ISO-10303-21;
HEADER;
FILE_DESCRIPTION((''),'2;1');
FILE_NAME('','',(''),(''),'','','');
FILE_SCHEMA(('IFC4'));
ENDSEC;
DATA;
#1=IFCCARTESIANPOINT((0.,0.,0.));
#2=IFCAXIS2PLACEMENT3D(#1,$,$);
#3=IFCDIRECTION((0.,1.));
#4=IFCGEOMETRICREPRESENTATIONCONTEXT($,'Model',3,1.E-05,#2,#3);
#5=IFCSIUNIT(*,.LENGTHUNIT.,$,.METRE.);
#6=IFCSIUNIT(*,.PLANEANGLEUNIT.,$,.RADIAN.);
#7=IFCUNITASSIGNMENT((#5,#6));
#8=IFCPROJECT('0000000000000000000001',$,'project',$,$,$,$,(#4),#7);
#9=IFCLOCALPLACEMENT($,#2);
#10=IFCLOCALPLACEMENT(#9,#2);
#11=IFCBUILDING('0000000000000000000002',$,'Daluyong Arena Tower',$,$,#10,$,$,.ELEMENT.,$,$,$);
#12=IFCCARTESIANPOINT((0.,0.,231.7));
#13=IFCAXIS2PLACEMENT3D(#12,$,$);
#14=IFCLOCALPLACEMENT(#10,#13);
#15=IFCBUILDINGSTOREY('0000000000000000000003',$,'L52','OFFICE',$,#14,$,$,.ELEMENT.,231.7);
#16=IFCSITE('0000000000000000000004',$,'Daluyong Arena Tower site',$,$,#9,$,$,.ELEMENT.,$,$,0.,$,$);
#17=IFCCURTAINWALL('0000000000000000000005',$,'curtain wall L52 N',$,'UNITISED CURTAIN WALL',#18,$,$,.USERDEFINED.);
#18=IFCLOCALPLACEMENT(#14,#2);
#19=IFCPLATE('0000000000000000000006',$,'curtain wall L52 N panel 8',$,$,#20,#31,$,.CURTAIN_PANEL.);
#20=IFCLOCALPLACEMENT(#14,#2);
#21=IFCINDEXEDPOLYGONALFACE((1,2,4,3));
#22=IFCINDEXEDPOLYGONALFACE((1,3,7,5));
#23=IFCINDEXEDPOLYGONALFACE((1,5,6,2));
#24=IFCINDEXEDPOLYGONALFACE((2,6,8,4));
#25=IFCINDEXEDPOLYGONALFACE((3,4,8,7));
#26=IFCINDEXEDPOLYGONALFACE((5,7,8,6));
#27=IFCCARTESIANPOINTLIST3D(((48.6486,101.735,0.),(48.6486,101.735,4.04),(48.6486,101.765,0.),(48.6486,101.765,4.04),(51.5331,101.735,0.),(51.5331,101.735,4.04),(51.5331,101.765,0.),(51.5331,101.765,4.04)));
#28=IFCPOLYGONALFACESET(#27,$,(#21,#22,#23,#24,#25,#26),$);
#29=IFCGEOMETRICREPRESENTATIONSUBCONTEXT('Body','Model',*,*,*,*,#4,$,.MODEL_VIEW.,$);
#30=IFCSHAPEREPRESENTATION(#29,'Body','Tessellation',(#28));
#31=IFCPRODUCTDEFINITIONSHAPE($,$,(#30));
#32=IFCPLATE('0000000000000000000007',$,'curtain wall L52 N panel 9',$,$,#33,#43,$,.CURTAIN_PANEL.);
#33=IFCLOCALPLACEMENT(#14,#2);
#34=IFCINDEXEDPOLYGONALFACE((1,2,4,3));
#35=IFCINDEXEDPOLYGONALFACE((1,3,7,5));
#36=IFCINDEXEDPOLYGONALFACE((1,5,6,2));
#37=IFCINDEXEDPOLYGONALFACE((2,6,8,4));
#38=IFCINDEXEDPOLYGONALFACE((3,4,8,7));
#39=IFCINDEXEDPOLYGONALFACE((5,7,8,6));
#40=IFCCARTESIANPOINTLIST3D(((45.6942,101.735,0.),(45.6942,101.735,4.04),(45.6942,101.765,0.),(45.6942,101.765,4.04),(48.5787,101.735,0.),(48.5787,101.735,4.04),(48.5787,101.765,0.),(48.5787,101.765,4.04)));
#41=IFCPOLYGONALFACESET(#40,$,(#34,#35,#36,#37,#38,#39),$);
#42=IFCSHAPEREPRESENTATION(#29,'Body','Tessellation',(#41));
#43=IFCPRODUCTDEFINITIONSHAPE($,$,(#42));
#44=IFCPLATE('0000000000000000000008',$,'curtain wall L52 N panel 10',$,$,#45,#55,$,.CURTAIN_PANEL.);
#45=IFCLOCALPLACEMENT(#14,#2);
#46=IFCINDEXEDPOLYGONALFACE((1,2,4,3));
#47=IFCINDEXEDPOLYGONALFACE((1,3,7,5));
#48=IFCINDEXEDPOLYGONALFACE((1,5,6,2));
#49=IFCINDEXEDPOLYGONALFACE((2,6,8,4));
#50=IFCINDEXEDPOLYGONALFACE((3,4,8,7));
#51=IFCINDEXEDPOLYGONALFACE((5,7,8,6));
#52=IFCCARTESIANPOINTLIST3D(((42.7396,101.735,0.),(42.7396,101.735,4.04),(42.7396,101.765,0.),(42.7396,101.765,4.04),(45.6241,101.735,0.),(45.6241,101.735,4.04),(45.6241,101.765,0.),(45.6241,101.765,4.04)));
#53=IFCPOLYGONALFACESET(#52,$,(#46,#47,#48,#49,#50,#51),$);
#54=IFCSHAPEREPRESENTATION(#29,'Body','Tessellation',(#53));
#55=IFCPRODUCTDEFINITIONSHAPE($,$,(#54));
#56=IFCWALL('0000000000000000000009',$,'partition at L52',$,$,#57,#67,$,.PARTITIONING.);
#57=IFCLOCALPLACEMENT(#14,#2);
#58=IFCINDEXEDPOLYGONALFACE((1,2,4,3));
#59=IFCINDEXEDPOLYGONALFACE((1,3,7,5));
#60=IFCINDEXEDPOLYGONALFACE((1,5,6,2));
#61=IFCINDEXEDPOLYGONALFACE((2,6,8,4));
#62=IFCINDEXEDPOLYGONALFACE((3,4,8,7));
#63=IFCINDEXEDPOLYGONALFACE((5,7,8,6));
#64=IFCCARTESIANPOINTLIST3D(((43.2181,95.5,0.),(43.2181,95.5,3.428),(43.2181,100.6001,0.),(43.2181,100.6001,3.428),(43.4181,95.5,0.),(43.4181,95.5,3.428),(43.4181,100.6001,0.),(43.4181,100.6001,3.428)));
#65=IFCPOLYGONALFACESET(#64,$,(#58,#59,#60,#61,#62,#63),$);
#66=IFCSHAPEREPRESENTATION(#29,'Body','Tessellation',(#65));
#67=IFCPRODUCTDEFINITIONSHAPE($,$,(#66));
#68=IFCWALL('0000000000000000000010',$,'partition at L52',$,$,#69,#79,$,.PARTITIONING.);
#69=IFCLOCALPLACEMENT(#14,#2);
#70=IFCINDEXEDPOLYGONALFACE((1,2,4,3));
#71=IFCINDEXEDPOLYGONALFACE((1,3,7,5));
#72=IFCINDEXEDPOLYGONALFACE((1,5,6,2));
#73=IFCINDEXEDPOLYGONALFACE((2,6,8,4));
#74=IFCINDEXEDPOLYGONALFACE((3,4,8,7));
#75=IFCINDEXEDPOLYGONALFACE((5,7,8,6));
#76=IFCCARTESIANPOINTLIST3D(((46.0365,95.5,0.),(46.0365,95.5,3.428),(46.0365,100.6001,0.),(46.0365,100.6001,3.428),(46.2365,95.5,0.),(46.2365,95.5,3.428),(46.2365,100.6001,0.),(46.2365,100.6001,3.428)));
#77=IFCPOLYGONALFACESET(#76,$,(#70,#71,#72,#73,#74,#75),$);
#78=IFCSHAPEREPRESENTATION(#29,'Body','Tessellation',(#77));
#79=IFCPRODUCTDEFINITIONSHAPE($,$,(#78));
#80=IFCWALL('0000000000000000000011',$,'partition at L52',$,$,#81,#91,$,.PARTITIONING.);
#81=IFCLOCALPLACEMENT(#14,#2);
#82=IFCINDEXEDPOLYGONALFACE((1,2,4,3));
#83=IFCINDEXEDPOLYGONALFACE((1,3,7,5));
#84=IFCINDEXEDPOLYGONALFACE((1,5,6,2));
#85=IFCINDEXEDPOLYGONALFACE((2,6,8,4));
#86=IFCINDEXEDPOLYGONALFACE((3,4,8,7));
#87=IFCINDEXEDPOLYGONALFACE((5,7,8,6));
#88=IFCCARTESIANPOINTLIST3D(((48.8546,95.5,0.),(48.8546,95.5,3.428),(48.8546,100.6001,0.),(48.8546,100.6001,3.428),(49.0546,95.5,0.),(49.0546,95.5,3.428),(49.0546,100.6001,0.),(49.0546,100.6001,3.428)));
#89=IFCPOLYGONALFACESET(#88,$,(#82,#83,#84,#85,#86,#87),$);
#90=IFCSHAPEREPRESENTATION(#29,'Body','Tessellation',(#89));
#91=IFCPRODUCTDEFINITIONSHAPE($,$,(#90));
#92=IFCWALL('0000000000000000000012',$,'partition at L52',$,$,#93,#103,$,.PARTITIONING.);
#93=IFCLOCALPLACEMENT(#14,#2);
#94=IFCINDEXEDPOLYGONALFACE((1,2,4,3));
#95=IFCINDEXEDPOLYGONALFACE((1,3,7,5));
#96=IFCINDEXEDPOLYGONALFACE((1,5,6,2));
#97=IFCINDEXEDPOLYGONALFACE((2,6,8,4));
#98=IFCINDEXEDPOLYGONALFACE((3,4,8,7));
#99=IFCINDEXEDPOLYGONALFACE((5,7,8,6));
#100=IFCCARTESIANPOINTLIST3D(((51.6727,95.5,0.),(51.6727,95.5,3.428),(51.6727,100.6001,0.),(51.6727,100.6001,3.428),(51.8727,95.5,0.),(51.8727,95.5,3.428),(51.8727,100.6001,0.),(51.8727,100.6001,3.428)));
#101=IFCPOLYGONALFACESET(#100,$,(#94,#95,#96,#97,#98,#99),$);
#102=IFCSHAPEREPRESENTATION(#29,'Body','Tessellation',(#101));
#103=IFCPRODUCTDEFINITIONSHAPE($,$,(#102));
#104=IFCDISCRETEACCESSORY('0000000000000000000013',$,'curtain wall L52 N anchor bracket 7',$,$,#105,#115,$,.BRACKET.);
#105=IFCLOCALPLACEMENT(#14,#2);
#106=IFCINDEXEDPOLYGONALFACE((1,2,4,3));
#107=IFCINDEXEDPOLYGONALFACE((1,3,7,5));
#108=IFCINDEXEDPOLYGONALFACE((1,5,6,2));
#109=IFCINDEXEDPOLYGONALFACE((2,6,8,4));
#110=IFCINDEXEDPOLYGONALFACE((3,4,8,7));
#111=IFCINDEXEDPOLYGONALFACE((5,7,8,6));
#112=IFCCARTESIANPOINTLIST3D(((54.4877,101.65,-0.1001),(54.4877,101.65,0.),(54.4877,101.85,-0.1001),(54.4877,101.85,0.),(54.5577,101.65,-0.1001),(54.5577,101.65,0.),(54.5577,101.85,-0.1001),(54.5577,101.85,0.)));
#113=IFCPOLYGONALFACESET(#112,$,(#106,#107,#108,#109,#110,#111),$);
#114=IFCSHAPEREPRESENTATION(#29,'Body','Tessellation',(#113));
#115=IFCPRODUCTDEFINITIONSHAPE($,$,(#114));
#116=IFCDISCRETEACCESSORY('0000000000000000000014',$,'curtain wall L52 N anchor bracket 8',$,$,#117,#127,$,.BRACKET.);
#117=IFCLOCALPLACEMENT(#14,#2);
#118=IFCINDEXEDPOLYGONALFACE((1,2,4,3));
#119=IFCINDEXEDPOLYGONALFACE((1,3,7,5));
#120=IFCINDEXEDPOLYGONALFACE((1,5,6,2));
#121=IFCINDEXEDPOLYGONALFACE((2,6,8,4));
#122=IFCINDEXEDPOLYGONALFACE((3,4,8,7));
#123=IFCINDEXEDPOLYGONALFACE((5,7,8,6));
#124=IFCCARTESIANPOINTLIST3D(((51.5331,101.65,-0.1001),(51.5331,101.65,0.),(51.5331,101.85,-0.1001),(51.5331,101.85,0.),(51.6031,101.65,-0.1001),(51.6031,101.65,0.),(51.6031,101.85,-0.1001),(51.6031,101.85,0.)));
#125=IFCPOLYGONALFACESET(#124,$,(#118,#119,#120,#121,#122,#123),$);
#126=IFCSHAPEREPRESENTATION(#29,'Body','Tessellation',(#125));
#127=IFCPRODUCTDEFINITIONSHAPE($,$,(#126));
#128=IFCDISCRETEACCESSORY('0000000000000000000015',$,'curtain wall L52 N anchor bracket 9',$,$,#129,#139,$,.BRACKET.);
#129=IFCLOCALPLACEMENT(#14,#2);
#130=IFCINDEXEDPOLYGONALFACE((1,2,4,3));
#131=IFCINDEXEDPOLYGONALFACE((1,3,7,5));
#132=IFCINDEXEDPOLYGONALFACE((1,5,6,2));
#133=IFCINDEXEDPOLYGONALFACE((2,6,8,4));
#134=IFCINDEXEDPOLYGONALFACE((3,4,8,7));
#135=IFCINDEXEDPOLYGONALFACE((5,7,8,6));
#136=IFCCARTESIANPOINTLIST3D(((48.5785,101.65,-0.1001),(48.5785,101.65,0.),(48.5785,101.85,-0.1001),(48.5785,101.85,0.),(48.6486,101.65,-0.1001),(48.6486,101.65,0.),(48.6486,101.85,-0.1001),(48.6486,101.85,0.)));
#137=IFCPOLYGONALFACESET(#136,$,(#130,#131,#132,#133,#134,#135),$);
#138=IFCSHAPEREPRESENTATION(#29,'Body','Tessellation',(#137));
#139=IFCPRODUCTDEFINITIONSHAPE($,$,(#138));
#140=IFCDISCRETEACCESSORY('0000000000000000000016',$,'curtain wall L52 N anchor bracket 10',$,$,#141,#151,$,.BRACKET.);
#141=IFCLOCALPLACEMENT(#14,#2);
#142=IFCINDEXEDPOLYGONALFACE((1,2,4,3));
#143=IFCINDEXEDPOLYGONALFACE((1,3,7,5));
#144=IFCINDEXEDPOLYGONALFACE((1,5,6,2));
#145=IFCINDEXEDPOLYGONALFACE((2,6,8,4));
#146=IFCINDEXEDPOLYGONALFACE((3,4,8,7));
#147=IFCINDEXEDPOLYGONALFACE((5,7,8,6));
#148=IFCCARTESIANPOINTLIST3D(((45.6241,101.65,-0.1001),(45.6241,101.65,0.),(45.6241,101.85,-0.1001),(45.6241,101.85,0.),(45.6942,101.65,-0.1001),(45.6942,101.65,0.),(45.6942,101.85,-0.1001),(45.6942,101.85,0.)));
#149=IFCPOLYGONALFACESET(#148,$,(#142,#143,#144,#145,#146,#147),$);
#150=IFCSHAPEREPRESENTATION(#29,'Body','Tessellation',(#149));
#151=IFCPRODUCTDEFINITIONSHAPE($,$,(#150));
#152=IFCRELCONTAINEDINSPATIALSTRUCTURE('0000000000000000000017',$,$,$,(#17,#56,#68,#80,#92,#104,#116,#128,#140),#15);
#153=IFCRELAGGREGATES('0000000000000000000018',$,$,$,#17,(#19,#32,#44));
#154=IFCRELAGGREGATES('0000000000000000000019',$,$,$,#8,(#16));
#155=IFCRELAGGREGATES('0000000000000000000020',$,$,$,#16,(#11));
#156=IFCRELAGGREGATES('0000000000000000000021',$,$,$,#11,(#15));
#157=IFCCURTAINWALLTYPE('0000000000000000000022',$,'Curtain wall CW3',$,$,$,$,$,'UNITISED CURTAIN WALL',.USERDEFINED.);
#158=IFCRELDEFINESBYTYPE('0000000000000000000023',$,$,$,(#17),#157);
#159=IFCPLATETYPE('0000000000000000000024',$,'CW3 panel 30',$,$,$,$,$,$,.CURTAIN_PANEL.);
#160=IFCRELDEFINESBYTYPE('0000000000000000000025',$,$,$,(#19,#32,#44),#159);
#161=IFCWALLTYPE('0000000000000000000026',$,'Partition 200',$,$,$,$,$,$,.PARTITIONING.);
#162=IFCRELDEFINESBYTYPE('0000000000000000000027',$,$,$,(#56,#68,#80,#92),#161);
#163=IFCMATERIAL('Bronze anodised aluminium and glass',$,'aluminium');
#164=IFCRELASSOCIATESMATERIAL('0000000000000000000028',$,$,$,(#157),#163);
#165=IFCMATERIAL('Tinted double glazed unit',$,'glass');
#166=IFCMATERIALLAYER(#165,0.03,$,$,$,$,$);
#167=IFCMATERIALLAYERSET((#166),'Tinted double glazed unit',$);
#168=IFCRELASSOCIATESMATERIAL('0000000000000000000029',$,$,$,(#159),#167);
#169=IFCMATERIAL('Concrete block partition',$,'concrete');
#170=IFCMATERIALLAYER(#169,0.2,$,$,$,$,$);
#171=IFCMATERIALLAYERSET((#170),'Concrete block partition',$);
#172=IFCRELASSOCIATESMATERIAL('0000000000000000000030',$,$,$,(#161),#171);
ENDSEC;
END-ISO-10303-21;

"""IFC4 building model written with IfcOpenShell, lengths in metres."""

from ifc_helpers import new_model, si_unit, direction, frame, frame_2d, origin, origin_2d, place, context, subcontext, project, spatial, rectangle, extrude, material, layer, layer_set, type_object, element, aggregate, save


model = new_model("IFC4")

# Units and contexts
model_context = context("Model", 3, precision=1e-05, world=origin(), true_north=direction((0.0, 1.0)))
body_context = subcontext(model_context, "Body", "Model", "MODEL_VIEW")
ifc_project = project(units=[si_unit("LENGTHUNIT", "METRE"), si_unit("PLANEANGLEUNIT", "RADIAN")], contexts=[model_context])

# Site, building, storey
site_placement = place(None, origin())
site = spatial("IfcSite", under=ifc_project, at=site_placement, Name="Daluyong Arena Tower site", CompositionType="ELEMENT", RefElevation=0.0)
building_placement = place(site_placement, origin())
building = spatial("IfcBuilding", under=site, at=building_placement, Name="Daluyong Arena Tower", CompositionType="ELEMENT")
storey_placement = place(building_placement, frame((0.0, 0.0, 231.7)))
storey = spatial("IfcBuildingStorey", under=building, at=storey_placement, Name="L52", Description="OFFICE", CompositionType="ELEMENT", Elevation=231.7)

# Curtain wall
ifc_material_1 = material(Name="Bronze anodised aluminium and glass", Category="aluminium")
curtain_wall_type = type_object("IfcCurtainWallType", Name="Curtain wall CW3", ElementType="UNITISED CURTAIN WALL", PredefinedType="USERDEFINED", material=ifc_material_1)
curtain_wall_placement = place(storey_placement, origin())
curtain_wall = element("IfcCurtainWall", 1, at=curtain_wall_placement, inside=storey, type_object=curtain_wall_type, Name="curtain wall L52 N", ObjectType="UNITISED CURTAIN WALL", PredefinedType="USERDEFINED")

# Plates
ifc_material_2 = material(Name="Tinted double glazed unit", Category="glass")
ifc_layer_1 = layer(ifc_material_2, 0.03)
ifc_layer_set_1 = layer_set([ifc_layer_1], Name="Tinted double glazed unit")
plate_type = type_object("IfcPlateType", Name="CW3 panel 30", PredefinedType="CURTAIN_PANEL", material=ifc_layer_set_1)
plate_1_placement = place(storey_placement, frame((50.0908, 101.75, 0.0), z_axis=(0.0, 0.0, 1.0), x_axis=(-1.0, 0.0, 0.0)))
plate_1 = element("IfcPlate", 2, at=plate_1_placement, type_object=plate_type, Name="curtain wall L52 N panel 8", PredefinedType="CURTAIN_PANEL", context=body_context, shape_type="SweptSolid", body=[
    extrude(rectangle(XDim=2.8845, YDim=0.03, at=origin_2d()), origin(), (0.0, 0.0, 1.0), 4.04),
])
plate_2_placement = place(storey_placement, frame((47.1365, 101.75, 0.0), z_axis=(0.0, 0.0, 1.0), x_axis=(-1.0, 0.0, 0.0)))
plate_2 = element("IfcPlate", 3, at=plate_2_placement, type_object=plate_type, Name="curtain wall L52 N panel 9", PredefinedType="CURTAIN_PANEL", context=body_context, shape_type="SweptSolid", body=[
    extrude(rectangle(XDim=2.8845, YDim=0.03, at=origin_2d()), origin(), (0.0, 0.0, 1.0), 4.04),
])
plate_3_placement = place(storey_placement, frame((44.1819, 101.75, 0.0), z_axis=(0.0, 0.0, 1.0), x_axis=(-1.0, 0.0, 0.0)))
plate_3 = element("IfcPlate", 4, at=plate_3_placement, type_object=plate_type, Name="curtain wall L52 N panel 10", PredefinedType="CURTAIN_PANEL", context=body_context, shape_type="SweptSolid", body=[
    extrude(rectangle(XDim=2.8845, YDim=0.03, at=origin_2d()), origin(), (0.0, 0.0, 1.0), 4.04),
])
aggregate(curtain_wall, [plate_1, plate_2, plate_3])

# Walls
ifc_material_3 = material(Name="Concrete block partition", Category="concrete")
ifc_layer_2 = layer(ifc_material_3, 0.2)
ifc_layer_set_2 = layer_set([ifc_layer_2], Name="Concrete block partition")
wall_type = type_object("IfcWallType", Name="Partition 200", PredefinedType="PARTITIONING", material=ifc_layer_set_2)
for number, where, z_axis, x_axis, name in (
    (5, (43.3181, 95.5, 0.0), (0.0, 0.0, 1.0), (0.0, 1.0, 0.0), "partition at L52"),
    (6, (46.1365, 95.5, 0.0), (0.0, 0.0, 1.0), (0.0, 1.0, 0.0), "partition at L52"),
    (7, (48.9546, 95.5, 0.0), (0.0, 0.0, 1.0), (0.0, 1.0, 0.0), "partition at L52"),
    (8, (51.7727, 95.5, 0.0), (0.0, 0.0, 1.0), (0.0, 1.0, 0.0), "partition at L52"),
):
    element("IfcWall", number, at=place(storey_placement, frame(where, z_axis=z_axis, x_axis=x_axis)), inside=storey, type_object=wall_type, Name=name, PredefinedType="PARTITIONING", context=body_context, shape_type="SweptSolid", body=[
        extrude(rectangle(XDim=5.1001, YDim=0.2, at=frame_2d((2.55, 0.0))), origin(), (0.0, 0.0, 1.0), 3.428),
    ])

# Discrete accessories
for number, where, z_axis, x_axis, name in (
    (9, (54.5227, 101.75, -0.1001), (0.0, 0.0, 1.0), (-1.0, 0.0, 0.0), "curtain wall L52 N anchor bracket 7"),
    (10, (51.5681, 101.75, -0.1001), (0.0, 0.0, 1.0), (-1.0, 0.0, 0.0), "curtain wall L52 N anchor bracket 8"),
    (11, (48.6135, 101.75, -0.1001), (0.0, 0.0, 1.0), (-1.0, 0.0, 0.0), "curtain wall L52 N anchor bracket 9"),
    (12, (45.6592, 101.75, -0.1001), (0.0, 0.0, 1.0), (-1.0, 0.0, 0.0), "curtain wall L52 N anchor bracket 10"),
):
    element("IfcDiscreteAccessory", number, at=place(storey_placement, frame(where, z_axis=z_axis, x_axis=x_axis)), inside=storey, Name=name, PredefinedType="BRACKET", context=body_context, shape_type="SweptSolid", body=[
        extrude(rectangle(XDim=0.0701, YDim=0.2, at=origin_2d()), origin(), (0.0, 0.0, 1.0), 0.1001),
    ])

save(model, "model.ifc")
